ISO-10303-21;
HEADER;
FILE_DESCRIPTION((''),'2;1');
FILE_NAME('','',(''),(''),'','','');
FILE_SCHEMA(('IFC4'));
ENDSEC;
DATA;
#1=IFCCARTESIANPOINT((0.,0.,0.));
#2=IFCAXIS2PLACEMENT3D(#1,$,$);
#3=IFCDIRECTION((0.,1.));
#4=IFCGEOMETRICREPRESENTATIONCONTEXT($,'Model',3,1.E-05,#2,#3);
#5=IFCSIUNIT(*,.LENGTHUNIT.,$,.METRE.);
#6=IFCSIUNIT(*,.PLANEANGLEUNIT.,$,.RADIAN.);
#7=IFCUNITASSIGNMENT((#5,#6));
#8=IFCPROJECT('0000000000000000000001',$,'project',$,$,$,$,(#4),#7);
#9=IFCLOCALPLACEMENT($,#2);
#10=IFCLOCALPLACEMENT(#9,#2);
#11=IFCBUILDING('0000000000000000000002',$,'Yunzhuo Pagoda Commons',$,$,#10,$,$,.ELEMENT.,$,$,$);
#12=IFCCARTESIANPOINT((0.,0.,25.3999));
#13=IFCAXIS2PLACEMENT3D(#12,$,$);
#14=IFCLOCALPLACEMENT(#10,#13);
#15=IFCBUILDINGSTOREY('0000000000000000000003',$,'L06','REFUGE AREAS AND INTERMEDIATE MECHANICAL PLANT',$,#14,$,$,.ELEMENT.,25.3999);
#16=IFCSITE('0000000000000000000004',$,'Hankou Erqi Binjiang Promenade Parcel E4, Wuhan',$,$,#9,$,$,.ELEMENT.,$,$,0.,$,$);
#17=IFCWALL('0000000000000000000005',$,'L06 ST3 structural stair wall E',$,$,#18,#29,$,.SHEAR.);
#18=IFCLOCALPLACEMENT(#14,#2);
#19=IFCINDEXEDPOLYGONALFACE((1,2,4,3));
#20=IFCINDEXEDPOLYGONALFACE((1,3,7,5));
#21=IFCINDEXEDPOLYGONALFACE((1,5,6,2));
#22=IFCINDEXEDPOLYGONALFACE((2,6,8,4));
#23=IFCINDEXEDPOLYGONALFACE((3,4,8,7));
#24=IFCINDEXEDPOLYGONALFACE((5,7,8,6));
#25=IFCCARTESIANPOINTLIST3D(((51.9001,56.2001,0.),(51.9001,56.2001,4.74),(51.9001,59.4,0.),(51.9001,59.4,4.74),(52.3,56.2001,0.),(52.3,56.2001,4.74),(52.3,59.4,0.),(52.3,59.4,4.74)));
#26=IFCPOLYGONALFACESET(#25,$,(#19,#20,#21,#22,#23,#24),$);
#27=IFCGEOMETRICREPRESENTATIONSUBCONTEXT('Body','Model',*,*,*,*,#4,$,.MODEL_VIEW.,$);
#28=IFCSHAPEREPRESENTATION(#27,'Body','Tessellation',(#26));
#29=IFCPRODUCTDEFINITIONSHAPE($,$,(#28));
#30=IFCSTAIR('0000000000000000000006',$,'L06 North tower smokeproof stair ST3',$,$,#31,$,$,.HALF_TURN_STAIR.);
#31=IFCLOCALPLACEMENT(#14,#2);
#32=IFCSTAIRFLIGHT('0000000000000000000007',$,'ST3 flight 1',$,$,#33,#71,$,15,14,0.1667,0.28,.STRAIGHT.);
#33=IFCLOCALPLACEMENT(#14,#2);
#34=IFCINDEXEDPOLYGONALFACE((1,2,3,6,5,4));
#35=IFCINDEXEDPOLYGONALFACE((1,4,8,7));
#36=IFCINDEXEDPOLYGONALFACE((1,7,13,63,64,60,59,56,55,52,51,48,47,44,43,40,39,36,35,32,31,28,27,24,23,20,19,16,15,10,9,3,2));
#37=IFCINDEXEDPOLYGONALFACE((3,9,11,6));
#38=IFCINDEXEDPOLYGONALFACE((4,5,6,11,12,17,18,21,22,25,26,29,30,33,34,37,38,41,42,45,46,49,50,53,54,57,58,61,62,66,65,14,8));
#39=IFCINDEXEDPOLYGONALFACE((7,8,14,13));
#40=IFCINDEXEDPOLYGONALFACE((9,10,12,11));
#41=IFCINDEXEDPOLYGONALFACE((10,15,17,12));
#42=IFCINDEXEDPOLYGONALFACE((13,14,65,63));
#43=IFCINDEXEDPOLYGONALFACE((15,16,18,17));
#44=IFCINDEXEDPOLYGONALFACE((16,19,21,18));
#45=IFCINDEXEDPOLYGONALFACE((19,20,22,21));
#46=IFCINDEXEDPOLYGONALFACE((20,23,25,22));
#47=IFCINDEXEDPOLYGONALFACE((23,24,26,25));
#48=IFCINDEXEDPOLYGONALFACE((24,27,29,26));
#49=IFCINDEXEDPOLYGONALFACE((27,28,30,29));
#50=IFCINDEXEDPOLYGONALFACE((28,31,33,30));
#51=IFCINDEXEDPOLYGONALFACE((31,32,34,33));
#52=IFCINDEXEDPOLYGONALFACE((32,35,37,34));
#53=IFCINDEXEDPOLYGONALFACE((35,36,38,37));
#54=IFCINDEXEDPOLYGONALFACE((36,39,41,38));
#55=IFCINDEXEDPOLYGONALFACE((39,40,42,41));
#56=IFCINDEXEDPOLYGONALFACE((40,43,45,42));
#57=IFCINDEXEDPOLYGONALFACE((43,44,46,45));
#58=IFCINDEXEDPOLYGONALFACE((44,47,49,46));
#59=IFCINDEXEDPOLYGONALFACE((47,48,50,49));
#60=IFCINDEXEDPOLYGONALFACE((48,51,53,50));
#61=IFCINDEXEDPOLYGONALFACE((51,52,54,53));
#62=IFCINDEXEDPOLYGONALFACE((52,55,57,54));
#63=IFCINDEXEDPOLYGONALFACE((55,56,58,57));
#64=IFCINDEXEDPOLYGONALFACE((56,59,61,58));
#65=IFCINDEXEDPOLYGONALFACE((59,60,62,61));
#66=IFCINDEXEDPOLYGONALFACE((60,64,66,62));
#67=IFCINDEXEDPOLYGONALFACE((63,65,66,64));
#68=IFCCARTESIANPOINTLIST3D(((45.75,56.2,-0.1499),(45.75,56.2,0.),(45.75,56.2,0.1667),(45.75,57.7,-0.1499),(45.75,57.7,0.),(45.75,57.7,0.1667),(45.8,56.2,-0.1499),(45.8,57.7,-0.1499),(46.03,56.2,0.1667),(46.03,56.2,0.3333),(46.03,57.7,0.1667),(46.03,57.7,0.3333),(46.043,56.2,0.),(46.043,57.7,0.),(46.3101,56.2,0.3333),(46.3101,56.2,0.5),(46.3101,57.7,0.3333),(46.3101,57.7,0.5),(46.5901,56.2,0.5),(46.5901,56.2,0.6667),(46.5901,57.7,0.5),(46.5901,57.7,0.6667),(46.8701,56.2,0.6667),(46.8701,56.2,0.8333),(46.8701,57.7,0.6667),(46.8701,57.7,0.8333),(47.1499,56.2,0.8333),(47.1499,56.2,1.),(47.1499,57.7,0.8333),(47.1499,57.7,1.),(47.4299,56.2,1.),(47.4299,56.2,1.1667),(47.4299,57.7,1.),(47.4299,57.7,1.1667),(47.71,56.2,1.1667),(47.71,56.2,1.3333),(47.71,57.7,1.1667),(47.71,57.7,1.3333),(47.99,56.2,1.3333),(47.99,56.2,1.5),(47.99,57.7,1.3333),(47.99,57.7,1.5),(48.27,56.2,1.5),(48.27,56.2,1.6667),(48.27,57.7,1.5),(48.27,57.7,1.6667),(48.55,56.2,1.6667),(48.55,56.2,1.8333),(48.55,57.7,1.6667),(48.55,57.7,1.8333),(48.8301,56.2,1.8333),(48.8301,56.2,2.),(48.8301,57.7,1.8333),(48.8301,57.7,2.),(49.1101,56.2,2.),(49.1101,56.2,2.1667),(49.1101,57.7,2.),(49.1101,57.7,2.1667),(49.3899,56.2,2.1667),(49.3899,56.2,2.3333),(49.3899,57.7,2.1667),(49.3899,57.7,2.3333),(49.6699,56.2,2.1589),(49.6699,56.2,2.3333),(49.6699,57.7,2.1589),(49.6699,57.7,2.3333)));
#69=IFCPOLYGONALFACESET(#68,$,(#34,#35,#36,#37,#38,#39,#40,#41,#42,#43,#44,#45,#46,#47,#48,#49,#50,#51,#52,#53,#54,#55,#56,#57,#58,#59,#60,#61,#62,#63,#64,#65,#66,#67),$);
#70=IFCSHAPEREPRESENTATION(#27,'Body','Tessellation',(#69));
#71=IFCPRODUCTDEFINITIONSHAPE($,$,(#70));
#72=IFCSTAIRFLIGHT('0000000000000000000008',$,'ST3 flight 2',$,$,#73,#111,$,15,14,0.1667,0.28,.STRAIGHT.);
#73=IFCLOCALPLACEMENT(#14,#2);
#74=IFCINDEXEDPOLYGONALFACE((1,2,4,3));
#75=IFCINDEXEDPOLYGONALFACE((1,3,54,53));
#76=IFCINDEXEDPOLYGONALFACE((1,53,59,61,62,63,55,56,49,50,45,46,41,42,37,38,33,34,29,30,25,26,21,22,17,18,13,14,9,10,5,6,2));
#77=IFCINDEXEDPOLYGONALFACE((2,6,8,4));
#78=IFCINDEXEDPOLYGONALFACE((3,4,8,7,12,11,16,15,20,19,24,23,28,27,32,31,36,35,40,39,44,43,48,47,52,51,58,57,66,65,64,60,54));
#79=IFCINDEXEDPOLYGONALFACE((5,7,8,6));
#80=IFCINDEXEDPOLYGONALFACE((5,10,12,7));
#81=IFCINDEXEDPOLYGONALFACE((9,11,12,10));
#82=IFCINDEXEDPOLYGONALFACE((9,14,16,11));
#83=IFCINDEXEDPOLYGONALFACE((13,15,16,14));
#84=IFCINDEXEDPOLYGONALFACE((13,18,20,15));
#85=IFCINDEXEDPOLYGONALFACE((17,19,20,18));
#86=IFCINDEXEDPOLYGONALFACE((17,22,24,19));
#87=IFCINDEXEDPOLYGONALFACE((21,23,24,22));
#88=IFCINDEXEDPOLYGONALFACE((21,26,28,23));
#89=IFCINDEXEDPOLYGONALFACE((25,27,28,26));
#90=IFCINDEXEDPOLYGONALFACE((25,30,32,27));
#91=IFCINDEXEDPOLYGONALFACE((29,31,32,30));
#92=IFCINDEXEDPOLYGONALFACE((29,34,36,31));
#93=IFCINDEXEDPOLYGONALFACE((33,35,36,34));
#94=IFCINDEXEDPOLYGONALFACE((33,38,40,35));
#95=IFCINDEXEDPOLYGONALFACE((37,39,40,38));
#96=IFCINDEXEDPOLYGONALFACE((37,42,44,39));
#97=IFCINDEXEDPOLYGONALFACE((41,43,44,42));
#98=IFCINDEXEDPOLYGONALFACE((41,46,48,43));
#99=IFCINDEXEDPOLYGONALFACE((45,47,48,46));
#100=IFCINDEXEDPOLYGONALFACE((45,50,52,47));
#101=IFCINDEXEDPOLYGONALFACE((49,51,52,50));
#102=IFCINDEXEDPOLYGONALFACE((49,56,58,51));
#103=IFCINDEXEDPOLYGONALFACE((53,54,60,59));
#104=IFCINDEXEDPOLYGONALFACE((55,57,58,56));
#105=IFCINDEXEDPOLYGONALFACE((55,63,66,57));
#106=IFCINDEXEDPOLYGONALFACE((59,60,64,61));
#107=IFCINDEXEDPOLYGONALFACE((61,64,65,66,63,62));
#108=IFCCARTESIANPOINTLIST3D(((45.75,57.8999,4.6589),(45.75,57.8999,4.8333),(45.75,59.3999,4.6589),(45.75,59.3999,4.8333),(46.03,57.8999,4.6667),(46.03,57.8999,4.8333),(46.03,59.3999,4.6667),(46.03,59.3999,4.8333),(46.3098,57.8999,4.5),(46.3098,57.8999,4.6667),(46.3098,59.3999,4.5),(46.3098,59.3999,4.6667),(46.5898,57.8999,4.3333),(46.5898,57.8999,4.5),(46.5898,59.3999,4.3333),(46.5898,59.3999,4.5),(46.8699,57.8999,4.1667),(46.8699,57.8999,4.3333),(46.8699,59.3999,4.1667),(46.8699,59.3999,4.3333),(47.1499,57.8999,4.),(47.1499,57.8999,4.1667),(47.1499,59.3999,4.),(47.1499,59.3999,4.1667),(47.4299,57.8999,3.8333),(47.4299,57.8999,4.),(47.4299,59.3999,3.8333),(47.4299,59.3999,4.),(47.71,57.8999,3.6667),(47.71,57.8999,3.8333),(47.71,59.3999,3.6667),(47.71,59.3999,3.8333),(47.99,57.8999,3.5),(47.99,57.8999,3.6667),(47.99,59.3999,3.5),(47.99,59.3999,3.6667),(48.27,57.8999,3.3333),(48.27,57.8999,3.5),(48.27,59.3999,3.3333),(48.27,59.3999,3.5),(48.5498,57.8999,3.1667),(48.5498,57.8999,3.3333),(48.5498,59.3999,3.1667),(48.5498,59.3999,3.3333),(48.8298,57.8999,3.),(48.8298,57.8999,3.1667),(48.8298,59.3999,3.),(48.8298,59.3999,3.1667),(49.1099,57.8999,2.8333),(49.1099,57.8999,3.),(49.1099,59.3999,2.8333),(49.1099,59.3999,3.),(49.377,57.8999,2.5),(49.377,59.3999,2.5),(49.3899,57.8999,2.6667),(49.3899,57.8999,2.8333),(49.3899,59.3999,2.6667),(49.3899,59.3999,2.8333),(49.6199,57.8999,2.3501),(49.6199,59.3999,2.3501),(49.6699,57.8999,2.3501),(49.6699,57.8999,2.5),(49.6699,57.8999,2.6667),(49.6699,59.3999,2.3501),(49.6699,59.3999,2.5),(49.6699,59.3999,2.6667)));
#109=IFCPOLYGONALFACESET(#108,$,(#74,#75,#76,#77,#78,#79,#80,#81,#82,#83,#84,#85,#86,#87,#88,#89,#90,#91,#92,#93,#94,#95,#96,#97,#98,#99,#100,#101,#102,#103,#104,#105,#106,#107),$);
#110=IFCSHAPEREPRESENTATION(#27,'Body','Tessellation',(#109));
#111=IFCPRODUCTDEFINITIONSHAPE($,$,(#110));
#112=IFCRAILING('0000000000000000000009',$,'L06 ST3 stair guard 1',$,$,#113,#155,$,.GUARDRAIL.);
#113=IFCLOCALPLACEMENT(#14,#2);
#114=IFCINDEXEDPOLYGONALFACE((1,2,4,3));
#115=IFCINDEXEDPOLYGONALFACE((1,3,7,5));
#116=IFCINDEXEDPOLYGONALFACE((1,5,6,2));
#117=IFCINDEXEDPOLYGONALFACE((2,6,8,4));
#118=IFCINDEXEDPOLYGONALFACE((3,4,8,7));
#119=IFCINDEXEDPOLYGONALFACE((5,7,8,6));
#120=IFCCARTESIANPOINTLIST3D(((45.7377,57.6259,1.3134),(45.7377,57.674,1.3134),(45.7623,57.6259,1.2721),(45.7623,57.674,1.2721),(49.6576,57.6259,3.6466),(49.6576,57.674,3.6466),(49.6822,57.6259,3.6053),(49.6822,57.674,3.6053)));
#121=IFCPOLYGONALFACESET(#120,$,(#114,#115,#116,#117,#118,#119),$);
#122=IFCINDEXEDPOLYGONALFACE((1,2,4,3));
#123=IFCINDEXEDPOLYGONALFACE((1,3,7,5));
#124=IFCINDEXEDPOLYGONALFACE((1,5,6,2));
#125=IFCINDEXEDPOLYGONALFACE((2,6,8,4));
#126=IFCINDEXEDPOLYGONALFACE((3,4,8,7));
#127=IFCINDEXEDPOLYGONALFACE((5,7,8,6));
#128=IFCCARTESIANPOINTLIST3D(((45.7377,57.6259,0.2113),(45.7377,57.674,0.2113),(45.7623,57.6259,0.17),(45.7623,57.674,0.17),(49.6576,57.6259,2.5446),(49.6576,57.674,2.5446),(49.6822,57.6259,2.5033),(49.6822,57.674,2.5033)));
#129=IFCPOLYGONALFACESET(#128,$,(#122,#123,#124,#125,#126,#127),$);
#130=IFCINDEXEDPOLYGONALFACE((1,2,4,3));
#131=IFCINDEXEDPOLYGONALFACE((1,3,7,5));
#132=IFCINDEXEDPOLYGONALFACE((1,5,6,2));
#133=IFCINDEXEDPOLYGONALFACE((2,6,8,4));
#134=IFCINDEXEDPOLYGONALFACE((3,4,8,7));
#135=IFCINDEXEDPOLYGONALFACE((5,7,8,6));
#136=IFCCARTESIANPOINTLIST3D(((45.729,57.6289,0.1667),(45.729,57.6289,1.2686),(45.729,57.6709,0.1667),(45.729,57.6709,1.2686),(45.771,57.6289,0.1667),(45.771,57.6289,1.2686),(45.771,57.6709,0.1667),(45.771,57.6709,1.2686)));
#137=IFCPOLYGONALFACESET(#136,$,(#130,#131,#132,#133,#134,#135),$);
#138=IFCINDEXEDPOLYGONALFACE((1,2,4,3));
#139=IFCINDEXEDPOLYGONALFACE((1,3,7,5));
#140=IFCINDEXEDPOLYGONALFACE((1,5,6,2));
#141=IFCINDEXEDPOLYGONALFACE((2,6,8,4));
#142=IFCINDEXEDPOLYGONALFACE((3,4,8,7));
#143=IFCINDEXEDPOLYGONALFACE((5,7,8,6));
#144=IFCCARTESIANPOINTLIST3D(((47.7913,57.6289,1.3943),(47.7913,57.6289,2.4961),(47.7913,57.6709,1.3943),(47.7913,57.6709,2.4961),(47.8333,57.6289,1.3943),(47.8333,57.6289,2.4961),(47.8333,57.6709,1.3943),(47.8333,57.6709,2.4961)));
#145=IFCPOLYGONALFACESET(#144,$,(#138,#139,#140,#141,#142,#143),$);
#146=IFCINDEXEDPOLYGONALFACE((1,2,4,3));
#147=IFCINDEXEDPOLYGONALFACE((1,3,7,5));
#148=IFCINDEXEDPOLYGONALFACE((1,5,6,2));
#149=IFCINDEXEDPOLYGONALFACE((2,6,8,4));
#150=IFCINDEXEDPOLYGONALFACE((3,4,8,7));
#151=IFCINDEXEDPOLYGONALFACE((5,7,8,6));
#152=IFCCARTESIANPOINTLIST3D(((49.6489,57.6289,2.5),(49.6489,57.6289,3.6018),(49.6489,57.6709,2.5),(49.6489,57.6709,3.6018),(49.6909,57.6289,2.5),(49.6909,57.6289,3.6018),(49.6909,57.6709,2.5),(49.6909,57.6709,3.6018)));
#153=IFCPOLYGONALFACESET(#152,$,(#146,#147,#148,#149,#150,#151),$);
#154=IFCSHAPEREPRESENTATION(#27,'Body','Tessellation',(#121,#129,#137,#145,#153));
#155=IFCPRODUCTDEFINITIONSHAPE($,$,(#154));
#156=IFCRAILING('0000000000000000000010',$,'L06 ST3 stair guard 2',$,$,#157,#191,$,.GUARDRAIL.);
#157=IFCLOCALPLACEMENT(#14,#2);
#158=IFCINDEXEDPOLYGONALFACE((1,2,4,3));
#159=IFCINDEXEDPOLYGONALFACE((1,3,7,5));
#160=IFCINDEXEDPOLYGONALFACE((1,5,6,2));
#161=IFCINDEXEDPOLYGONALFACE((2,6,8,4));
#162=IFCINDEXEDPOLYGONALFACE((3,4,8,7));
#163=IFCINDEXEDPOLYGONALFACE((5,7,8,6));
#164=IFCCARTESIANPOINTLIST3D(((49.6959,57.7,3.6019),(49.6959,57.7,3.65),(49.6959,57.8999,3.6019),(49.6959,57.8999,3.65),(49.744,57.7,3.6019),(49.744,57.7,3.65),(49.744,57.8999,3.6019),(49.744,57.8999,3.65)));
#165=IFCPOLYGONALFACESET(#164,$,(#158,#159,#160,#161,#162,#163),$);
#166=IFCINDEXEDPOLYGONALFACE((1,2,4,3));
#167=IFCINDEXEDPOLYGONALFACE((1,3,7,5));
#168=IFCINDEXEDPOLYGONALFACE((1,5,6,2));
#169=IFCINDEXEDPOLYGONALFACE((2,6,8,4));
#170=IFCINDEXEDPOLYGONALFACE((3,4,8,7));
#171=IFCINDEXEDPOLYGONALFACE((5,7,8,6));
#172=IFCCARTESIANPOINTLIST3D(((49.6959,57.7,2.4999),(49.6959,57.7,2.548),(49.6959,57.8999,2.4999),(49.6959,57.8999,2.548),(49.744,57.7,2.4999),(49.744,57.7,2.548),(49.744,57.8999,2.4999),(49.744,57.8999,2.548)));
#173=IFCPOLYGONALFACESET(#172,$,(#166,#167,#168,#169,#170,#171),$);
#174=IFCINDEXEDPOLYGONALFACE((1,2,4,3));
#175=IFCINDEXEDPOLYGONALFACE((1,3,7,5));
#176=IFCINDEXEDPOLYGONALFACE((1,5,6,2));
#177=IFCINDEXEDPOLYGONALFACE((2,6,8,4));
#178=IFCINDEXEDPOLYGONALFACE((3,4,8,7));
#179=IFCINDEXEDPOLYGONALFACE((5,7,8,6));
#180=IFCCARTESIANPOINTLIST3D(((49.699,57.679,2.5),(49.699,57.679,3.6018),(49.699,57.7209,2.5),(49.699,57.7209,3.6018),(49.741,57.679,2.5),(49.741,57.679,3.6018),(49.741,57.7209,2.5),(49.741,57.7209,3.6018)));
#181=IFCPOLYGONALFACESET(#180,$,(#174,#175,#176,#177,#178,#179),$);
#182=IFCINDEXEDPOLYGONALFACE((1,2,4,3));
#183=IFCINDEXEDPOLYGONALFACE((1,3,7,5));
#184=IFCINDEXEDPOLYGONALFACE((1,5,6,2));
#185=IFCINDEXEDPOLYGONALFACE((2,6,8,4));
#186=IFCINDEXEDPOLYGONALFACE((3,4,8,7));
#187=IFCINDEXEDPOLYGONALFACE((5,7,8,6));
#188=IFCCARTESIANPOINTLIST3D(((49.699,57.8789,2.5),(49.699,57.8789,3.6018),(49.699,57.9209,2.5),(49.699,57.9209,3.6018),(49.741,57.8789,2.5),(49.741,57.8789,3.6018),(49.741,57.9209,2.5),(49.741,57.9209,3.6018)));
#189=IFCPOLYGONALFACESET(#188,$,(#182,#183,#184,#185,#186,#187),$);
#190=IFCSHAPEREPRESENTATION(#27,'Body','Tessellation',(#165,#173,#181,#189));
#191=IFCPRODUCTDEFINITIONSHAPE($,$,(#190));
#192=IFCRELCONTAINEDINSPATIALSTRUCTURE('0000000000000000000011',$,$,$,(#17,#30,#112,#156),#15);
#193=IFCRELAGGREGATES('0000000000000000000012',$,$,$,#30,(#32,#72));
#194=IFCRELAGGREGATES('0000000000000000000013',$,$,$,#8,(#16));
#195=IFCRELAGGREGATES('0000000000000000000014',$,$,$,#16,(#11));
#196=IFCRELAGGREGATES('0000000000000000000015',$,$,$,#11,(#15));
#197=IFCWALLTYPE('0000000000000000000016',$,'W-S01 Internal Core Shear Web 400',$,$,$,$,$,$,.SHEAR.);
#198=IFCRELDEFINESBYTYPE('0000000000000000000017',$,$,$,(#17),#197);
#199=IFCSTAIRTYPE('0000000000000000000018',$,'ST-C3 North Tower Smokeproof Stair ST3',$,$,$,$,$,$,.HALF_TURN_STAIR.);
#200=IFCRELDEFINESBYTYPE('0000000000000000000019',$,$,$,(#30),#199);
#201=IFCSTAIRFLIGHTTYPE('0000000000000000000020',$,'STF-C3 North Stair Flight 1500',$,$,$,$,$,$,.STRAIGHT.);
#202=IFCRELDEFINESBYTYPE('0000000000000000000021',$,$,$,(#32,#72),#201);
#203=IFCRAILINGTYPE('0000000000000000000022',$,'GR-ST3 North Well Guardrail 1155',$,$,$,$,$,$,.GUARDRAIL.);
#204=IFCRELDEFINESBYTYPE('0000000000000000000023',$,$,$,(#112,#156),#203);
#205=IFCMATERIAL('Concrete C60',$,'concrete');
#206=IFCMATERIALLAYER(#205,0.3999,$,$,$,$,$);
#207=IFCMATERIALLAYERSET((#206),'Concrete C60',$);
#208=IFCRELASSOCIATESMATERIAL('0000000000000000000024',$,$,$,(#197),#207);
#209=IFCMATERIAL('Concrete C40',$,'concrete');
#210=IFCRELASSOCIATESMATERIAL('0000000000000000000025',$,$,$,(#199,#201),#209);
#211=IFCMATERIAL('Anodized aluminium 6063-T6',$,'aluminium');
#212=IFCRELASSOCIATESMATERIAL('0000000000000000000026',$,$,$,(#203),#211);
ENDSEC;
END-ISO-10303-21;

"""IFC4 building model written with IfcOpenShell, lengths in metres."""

from ifc_helpers import new_model, si_unit, direction, frame, frame_2d, origin, origin_2d, place, context, subcontext, project, spatial, polyline, rectangle, outline, extrude, source, transform, mapped, material, layer, layer_set, type_object, element, aggregate, save


model = new_model("IFC4")

# Units and contexts
model_context = context("Model", 3, precision=1e-05, world=origin(), true_north=direction((0.0, 1.0)))
body_context = subcontext(model_context, "Body", "Model", "MODEL_VIEW")
ifc_project = project(units=[si_unit("LENGTHUNIT", "METRE"), si_unit("PLANEANGLEUNIT", "RADIAN")], contexts=[model_context])

# Site, building, storey
site_placement = place(None, origin())
site = spatial("IfcSite", under=ifc_project, at=site_placement, Name="Hankou Erqi Binjiang Promenade Parcel E4, Wuhan", CompositionType="ELEMENT", RefElevation=0.0)
building_placement = place(site_placement, origin())
building = spatial("IfcBuilding", under=site, at=building_placement, Name="Yunzhuo Pagoda Commons", CompositionType="ELEMENT")
storey_placement = place(building_placement, frame((0.0, 0.0, 25.3999)))
storey = spatial("IfcBuildingStorey", under=building, at=storey_placement, Name="L06", Description="REFUGE AREAS AND INTERMEDIATE MECHANICAL PLANT", CompositionType="ELEMENT", Elevation=25.3999)

# Wall
ifc_material_1 = material(Name="Concrete C60", Category="concrete")
ifc_layer_1 = layer(ifc_material_1, 0.3999)
ifc_layer_set_1 = layer_set([ifc_layer_1], Name="Concrete C60")
wall_type = type_object("IfcWallType", Name="W-S01 Internal Core Shear Web 400", PredefinedType="SHEAR", material=ifc_layer_set_1)
wall_placement = place(storey_placement, frame((52.1001, 56.2, 0.0), z_axis=(0.0, 0.0, 1.0), x_axis=(0.0, 1.0, 0.0)))
element("IfcWall", 1, at=wall_placement, inside=storey, type_object=wall_type, Name="L06 ST3 structural stair wall E", PredefinedType="SHEAR", context=body_context, shape_type="SweptSolid", body=[
    extrude(rectangle(XDim=3.2, YDim=0.3999, at=frame_2d((1.6001, 0.0))), origin(), (0.0, 0.0, 1.0), 4.74),
])

# Stair, stair flights
ifc_material_2 = material(Name="Concrete C40", Category="concrete")
stair_type = type_object("IfcStairType", Name="ST-C3 North Tower Smokeproof Stair ST3", PredefinedType="HALF_TURN_STAIR", material=ifc_material_2)
stair_placement = place(storey_placement, origin())
stair = element("IfcStair", 2, at=stair_placement, inside=storey, type_object=stair_type, Name="L06 North tower smokeproof stair ST3", PredefinedType="HALF_TURN_STAIR")
stair_flight_type = type_object("IfcStairFlightType", Name="STF-C3 North Stair Flight 1500", PredefinedType="STRAIGHT", material=ifc_material_2)
shared_shape_1 = source(origin(), body_context, "Body", "SweptSolid", [
    extrude(outline(polyline([(0.0, -0.1499), (0.0, 0.0), (0.0, 0.1667), (0.28, 0.1667), (0.28, 0.3333), (0.5601, 0.3333), (0.5601, 0.5), (0.8401, 0.5), (0.8401, 0.6667), (1.1201, 0.6667), (1.1201, 0.8333), (1.3999, 0.8333), (1.3999, 1.0), (1.6799, 1.0), (1.6799, 1.1667), (1.96, 1.1667), (1.96, 1.3333), (2.24, 1.3333), (2.24, 1.5), (2.52, 1.5), (2.52, 1.6667), (2.8, 1.6667), (2.8, 1.8333), (3.0801, 1.8333), (3.0801, 2.0), (3.3601, 2.0), (3.3601, 2.1667), (3.6399, 2.1667), (3.6399, 2.3333), (3.9199, 2.3333), (3.9199, 2.5), (3.9199, 2.1589), (0.293, 0.0), (0.05, -0.1499), (0.0, -0.1499)])), frame((0.0, 0.75, 0.0), z_axis=(0.0, -1.0, 0.0), x_axis=(1.0, 0.0, 0.0)), (0.0, 0.0, 1.0), 1.5),
])
stair_flight_1_placement = place(storey_placement, frame((45.75, 56.95, 0.0), z_axis=(0.0, 0.0, 1.0), x_axis=(1.0, 0.0, 0.0)))
stair_flight_1 = element("IfcStairFlight", 3, at=stair_flight_1_placement, type_object=stair_flight_type, Name="ST3 flight 1", NumberOfRisers=15, NumberOfTreads=14, PredefinedType="STRAIGHT", RiserHeight=0.1667, TreadLength=0.28, context=body_context, shape_type="MappedRepresentation", body=[
    mapped(shared_shape_1, transform((0.0, 0.0, 0.0), scale=1.0)),
])
stair_flight_2_placement = place(storey_placement, frame((49.6699, 58.6499, 2.5), z_axis=(0.0, 0.0, 1.0), x_axis=(-1.0, 0.0, 0.0)))
stair_flight_2 = element("IfcStairFlight", 4, at=stair_flight_2_placement, type_object=stair_flight_type, Name="ST3 flight 2", NumberOfRisers=15, NumberOfTreads=14, PredefinedType="STRAIGHT", RiserHeight=0.1667, TreadLength=0.28, context=body_context, shape_type="MappedRepresentation", body=[
    mapped(shared_shape_1, transform((0.0, 0.0, 0.0), scale=1.0)),
])
aggregate(stair, [stair_flight_1, stair_flight_2])

# Railings
ifc_material_3 = material(Name="Anodized aluminium 6063-T6", Category="aluminium")
railing_type_1 = type_object("IfcRailingType", Name="GR-ST3 North Well Guardrail 1155", PredefinedType="GUARDRAIL", material=ifc_material_3)
railing_1_placement = place(storey_placement, frame((45.75, 57.6499, 0.1667)))
element("IfcRailing", 5, at=railing_1_placement, inside=storey, type_object=railing_type_1, Name="L06 ST3 stair guard 1", PredefinedType="GUARDRAIL", context=body_context, shape_type="SweptSolid", body=[
    extrude(rectangle(XDim=0.0481, YDim=0.0481, at=origin_2d()), frame((0.0, 0.0, 1.126), z_axis=(0.859296, 0.0, 0.511478), x_axis=(0.0, 1.0, 0.0)), (0.0, 0.0, 1.0), 4.5618),
    extrude(rectangle(XDim=0.0481, YDim=0.0481, at=origin_2d()), frame((0.0, 0.0, 0.0239), z_axis=(0.859296, 0.0, 0.511478), x_axis=(0.0, 1.0, 0.0)), (0.0, 0.0, 1.0), 4.5618),
    extrude(rectangle(XDim=0.042, YDim=0.042, at=origin_2d()), origin(), (0.0, 0.0, 1.0), 1.1018),
    extrude(rectangle(XDim=0.042, YDim=0.042, at=origin_2d()), frame((2.0623, 0.0, 1.2275)), (0.0, 0.0, 1.0), 1.1018),
    extrude(rectangle(XDim=0.042, YDim=0.042, at=origin_2d()), frame((3.9199, 0.0, 2.3333)), (0.0, 0.0, 1.0), 1.1018),
])
railing_2_placement = place(storey_placement, frame((49.72, 57.7, 2.5)))
element("IfcRailing", 6, at=railing_2_placement, inside=storey, type_object=railing_type_1, Name="L06 ST3 stair guard 2", PredefinedType="GUARDRAIL", context=body_context, shape_type="SweptSolid", body=[
    extrude(rectangle(XDim=0.0481, YDim=0.0481, at=origin_2d()), frame((0.0, 0.0, 1.126), z_axis=(0.0, 1.0, 0.0), x_axis=(-1.0, 0.0, 0.0)), (0.0, 0.0, 1.0), 0.2),
    extrude(rectangle(XDim=0.0481, YDim=0.0481, at=origin_2d()), frame((0.0, 0.0, 0.0239), z_axis=(0.0, 1.0, 0.0), x_axis=(-1.0, 0.0, 0.0)), (0.0, 0.0, 1.0), 0.2),
    extrude(rectangle(XDim=0.042, YDim=0.042, at=origin_2d()), origin(), (0.0, 0.0, 1.0), 1.1018),
    extrude(rectangle(XDim=0.042, YDim=0.042, at=origin_2d()), frame((0.0, 0.2, 0.0)), (0.0, 0.0, 1.0), 1.1018),
])

save(model, "model.ifc")
